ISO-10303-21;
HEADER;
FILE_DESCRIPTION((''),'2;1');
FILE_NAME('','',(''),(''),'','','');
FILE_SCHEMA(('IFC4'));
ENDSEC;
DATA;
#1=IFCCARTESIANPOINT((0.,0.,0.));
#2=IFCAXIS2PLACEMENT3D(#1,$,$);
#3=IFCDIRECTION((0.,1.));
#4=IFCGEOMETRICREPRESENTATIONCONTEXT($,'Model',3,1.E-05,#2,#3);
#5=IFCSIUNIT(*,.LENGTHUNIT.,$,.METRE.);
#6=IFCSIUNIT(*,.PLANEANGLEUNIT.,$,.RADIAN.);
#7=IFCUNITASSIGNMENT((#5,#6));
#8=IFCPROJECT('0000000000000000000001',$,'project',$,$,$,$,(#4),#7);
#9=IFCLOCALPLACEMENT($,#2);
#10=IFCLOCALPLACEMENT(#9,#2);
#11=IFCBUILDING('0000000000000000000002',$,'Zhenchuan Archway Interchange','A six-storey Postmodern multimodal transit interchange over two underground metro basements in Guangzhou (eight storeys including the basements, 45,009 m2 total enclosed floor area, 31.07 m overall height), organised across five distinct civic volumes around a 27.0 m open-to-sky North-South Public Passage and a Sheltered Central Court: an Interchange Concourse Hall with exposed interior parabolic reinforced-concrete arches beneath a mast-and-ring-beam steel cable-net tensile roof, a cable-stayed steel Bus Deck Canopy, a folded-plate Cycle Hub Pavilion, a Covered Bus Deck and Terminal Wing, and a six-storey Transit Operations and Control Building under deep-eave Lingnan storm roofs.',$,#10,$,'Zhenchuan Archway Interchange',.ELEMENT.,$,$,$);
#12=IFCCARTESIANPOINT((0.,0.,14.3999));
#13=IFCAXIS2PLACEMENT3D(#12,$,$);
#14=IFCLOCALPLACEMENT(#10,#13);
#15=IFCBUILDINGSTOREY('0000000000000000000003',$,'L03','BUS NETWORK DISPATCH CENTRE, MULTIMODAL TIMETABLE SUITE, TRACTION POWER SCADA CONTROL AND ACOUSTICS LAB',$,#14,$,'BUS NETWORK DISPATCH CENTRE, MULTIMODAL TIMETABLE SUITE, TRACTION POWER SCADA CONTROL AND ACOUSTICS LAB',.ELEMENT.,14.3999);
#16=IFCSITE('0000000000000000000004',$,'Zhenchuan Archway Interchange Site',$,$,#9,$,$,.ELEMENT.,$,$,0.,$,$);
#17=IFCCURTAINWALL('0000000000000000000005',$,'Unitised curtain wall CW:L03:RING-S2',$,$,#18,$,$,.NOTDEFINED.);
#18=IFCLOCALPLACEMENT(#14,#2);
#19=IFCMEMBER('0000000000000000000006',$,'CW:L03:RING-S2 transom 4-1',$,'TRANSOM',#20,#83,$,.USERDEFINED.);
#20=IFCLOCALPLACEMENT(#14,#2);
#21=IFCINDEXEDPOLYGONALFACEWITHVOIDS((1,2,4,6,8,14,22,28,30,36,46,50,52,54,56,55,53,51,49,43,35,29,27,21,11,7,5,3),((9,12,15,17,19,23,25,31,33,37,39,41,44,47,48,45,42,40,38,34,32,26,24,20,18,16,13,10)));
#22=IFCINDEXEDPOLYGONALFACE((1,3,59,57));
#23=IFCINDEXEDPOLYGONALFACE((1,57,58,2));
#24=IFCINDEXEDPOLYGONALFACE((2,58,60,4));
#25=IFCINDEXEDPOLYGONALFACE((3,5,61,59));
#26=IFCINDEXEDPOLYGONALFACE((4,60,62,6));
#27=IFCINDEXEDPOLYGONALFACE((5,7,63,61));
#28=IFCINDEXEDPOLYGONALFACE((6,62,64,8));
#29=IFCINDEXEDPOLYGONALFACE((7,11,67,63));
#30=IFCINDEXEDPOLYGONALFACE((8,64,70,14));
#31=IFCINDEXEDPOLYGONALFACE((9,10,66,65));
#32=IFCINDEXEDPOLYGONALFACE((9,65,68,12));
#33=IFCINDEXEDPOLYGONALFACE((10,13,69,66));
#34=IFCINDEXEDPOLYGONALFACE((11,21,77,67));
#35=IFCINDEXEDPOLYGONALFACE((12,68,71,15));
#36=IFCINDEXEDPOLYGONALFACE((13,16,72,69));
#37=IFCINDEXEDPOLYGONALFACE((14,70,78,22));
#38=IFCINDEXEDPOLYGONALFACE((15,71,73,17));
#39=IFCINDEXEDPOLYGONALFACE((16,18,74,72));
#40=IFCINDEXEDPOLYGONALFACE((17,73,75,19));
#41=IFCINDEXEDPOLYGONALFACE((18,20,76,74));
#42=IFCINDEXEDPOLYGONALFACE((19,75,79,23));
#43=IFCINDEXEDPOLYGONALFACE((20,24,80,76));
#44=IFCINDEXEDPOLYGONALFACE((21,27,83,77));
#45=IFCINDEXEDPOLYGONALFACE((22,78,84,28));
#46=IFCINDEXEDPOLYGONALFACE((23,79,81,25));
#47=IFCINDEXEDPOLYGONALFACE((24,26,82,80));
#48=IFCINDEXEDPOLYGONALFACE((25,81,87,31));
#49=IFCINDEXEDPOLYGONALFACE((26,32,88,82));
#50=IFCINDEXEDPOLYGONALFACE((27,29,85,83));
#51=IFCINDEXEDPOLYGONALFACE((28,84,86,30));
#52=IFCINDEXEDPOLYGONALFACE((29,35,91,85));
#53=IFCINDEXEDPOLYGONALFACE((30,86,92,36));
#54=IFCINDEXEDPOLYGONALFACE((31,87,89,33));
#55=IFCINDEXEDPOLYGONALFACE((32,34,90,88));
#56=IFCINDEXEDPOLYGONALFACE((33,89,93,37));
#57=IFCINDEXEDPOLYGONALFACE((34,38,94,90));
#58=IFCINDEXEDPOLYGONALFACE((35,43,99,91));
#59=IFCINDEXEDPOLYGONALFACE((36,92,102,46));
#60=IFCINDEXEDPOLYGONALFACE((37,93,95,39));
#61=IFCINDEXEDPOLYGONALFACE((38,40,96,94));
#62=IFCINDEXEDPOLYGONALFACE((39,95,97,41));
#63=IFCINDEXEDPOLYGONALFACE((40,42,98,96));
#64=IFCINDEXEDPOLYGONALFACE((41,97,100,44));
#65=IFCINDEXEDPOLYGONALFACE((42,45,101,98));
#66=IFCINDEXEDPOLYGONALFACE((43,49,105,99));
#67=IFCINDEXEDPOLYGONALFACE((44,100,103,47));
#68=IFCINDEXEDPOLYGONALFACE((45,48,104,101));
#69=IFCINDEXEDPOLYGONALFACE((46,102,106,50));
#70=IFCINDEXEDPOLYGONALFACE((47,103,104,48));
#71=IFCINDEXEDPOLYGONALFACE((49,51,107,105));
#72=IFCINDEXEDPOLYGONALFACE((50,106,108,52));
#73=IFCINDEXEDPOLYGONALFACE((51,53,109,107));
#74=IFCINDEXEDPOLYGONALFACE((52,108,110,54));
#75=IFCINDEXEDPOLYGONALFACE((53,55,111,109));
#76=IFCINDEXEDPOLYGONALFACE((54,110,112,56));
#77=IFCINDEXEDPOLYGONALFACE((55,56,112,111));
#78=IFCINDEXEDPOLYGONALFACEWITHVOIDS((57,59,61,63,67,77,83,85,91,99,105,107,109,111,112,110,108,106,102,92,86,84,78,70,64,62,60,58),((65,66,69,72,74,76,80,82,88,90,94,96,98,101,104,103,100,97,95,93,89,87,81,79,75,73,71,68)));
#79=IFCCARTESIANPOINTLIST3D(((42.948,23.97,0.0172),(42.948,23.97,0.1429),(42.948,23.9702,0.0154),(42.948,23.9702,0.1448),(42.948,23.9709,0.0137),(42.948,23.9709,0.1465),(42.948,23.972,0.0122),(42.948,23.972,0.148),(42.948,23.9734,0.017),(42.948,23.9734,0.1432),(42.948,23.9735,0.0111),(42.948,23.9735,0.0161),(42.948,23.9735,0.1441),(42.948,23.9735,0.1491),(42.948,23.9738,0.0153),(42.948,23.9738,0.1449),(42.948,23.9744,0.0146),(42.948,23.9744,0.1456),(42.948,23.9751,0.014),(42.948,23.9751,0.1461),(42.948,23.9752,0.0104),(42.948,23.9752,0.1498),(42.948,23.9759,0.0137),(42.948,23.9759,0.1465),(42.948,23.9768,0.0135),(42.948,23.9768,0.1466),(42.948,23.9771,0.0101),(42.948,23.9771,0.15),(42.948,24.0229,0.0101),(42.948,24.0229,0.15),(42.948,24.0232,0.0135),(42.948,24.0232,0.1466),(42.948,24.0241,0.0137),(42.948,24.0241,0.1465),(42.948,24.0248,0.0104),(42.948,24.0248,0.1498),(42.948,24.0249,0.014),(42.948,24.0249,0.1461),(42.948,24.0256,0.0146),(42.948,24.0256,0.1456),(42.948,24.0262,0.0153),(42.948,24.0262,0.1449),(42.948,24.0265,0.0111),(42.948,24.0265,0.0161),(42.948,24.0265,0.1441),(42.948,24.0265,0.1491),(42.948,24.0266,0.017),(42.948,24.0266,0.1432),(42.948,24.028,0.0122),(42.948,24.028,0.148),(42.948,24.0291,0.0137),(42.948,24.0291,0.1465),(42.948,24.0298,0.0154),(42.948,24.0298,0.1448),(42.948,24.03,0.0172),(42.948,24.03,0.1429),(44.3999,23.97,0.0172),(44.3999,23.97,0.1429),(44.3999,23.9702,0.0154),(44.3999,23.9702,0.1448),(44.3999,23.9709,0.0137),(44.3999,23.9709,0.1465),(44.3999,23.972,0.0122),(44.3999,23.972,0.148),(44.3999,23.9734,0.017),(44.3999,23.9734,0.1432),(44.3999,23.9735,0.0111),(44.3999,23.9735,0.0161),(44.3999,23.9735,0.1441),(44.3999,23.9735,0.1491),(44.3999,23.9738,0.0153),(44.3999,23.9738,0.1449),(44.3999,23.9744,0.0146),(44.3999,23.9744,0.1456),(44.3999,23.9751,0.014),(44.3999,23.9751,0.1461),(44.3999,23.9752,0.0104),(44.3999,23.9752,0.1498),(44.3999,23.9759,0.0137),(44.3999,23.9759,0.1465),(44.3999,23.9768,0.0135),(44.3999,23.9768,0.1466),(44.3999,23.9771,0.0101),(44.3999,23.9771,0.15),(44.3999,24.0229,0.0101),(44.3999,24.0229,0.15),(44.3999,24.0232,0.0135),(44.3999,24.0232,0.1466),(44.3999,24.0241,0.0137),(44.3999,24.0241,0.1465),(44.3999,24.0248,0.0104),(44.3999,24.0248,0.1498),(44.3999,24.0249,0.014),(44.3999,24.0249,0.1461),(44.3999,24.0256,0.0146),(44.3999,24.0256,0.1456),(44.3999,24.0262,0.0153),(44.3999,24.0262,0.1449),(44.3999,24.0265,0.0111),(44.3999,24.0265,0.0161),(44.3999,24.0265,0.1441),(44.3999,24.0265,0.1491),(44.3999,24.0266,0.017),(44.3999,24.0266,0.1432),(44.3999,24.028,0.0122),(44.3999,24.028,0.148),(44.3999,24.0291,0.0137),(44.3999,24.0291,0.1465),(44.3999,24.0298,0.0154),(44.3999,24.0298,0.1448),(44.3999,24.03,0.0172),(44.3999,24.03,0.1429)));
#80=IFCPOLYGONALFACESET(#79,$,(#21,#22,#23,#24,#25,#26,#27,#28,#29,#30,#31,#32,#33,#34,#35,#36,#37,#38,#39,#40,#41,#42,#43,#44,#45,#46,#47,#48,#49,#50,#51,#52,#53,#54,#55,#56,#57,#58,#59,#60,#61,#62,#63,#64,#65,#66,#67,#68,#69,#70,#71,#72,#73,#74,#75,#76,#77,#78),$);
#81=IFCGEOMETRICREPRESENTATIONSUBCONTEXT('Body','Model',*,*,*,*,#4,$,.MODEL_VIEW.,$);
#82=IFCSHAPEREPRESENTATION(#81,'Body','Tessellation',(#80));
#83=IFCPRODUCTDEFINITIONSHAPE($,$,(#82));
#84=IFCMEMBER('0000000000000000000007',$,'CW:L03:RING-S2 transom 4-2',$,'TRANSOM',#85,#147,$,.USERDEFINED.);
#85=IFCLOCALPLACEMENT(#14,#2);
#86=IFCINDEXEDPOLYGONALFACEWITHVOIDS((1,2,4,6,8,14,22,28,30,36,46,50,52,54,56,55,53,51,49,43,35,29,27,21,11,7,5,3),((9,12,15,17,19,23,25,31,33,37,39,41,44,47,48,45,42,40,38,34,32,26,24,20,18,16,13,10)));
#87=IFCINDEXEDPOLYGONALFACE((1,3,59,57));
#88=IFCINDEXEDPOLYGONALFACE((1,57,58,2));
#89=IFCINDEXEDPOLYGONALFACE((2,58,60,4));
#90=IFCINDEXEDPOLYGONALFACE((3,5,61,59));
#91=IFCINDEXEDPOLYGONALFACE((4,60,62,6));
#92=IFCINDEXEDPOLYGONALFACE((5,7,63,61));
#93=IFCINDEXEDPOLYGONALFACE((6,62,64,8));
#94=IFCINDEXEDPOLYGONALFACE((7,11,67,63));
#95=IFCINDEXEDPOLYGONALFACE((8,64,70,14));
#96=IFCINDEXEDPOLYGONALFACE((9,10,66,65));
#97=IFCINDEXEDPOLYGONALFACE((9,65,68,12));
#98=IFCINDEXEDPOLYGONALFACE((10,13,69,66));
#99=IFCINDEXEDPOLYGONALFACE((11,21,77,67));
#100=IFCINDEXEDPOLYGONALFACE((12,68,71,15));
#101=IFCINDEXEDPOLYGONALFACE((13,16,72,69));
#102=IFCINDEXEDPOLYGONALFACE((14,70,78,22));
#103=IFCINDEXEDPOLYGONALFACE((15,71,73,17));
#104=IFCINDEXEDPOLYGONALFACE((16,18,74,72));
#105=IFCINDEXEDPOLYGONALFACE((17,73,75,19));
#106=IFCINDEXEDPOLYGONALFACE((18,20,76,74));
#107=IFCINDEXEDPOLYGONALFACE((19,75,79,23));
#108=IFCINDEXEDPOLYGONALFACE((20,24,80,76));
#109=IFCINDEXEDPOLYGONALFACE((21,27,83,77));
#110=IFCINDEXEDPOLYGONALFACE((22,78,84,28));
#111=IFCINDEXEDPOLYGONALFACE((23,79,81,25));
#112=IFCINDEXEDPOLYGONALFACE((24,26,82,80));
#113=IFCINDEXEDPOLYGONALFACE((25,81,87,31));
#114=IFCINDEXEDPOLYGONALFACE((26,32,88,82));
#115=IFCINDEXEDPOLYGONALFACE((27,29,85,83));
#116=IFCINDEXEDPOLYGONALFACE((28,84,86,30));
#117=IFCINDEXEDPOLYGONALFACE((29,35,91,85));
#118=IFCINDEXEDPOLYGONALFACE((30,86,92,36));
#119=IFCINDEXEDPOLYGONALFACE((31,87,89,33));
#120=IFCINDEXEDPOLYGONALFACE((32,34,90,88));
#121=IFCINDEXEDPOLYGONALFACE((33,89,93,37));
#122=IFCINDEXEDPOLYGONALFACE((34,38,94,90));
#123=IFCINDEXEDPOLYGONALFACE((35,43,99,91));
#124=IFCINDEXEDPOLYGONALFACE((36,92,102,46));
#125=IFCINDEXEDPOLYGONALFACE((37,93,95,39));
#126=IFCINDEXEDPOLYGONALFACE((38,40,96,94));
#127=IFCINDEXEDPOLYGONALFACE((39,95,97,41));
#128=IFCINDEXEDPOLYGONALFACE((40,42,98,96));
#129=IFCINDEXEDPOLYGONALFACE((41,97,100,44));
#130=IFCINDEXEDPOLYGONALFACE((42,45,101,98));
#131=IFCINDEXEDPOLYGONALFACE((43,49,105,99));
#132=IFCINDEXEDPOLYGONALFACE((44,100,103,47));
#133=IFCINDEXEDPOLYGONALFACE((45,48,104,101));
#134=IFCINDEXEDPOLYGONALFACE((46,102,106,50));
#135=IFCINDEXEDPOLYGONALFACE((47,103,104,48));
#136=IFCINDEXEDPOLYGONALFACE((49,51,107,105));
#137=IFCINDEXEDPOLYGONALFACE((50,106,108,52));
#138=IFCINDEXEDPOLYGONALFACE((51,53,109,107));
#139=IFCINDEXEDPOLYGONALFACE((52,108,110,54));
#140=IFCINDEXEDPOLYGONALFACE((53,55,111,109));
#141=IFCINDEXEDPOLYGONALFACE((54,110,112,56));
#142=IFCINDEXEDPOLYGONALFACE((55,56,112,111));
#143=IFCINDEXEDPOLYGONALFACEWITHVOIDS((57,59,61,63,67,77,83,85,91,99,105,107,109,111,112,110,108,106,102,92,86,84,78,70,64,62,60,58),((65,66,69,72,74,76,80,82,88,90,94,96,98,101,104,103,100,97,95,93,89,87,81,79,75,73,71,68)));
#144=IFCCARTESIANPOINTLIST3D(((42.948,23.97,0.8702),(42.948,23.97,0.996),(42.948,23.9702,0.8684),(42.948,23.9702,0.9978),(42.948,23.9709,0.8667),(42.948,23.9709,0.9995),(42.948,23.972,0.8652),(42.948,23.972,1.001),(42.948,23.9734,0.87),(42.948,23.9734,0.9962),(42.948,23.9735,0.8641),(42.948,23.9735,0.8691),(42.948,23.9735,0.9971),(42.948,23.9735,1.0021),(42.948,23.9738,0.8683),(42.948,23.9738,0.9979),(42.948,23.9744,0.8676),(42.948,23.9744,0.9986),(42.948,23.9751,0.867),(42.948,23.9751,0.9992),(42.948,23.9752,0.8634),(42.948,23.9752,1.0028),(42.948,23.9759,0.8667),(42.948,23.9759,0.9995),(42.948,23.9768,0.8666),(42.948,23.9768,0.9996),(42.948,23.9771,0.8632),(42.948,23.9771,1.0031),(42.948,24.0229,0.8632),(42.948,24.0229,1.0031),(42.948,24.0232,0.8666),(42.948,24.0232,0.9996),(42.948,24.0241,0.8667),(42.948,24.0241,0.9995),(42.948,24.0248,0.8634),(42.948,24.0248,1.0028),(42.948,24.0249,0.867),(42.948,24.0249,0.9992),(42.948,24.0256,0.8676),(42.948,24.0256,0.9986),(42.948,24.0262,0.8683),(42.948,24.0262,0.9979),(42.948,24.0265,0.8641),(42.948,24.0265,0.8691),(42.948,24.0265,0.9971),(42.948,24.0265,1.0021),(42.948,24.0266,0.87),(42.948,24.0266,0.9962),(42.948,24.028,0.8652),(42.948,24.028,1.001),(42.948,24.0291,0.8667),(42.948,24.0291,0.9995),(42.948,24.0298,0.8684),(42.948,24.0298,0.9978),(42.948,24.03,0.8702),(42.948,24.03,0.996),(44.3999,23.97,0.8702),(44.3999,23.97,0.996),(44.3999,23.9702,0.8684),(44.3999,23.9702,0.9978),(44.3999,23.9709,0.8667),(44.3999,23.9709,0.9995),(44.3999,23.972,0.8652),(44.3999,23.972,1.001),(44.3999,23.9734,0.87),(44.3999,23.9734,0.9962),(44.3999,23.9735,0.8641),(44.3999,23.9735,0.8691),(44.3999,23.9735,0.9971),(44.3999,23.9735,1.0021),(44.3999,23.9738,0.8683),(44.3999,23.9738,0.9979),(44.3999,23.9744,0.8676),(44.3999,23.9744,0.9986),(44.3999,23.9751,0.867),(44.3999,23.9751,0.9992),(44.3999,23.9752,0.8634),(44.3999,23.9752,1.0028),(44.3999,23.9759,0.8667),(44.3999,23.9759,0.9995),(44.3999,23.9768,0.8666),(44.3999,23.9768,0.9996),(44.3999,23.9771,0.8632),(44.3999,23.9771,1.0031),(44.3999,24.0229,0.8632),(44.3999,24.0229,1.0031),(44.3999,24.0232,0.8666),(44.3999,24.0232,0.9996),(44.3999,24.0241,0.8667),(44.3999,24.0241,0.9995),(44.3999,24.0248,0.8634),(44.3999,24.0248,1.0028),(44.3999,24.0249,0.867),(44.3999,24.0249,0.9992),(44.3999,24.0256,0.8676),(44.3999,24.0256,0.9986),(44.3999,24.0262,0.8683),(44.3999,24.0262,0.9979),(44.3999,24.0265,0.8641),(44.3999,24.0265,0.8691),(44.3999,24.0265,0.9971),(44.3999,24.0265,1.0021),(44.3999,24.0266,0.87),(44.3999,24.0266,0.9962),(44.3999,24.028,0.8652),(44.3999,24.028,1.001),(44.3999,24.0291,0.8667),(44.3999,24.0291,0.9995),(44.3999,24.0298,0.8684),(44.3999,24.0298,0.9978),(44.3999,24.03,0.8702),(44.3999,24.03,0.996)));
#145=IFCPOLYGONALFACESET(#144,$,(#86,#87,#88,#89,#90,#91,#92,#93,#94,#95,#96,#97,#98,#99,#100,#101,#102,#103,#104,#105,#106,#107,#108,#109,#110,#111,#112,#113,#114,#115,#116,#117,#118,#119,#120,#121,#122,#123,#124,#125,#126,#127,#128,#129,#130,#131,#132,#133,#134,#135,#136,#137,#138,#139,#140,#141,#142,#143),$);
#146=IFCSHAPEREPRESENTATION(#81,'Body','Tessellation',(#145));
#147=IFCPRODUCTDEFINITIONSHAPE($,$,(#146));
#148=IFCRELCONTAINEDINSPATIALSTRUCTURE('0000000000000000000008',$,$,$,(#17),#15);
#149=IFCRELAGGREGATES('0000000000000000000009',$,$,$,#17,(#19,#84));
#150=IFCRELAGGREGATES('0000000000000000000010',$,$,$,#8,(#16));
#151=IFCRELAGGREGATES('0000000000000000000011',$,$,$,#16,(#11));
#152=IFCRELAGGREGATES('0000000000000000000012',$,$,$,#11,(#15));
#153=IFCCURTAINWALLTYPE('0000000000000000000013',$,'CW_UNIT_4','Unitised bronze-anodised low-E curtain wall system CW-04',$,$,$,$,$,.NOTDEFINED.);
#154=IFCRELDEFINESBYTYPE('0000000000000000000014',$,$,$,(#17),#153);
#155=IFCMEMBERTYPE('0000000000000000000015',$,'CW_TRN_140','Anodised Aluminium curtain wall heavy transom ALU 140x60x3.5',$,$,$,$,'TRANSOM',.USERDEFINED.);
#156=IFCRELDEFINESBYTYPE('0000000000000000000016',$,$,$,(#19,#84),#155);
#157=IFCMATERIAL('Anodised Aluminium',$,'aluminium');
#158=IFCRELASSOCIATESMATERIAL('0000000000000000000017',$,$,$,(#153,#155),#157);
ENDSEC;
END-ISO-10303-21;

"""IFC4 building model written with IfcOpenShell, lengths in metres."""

from ifc_helpers import new_model, si_unit, direction, frame, origin, origin_2d, place, context, subcontext, project, spatial, hollow_rectangle, extrude, material, material_profile, profile_set, type_object, element, aggregate, save


model = new_model("IFC4")

# Units and contexts
model_context = context("Model", 3, precision=1e-05, world=origin(), true_north=direction((0.0, 1.0)))
body_context = subcontext(model_context, "Body", "Model", "MODEL_VIEW")
ifc_project = project(units=[si_unit("LENGTHUNIT", "METRE"), si_unit("PLANEANGLEUNIT", "RADIAN")], contexts=[model_context])

# Site, building, storey
site_placement = place(None, origin())
site = spatial("IfcSite", under=ifc_project, at=site_placement, Name="Zhenchuan Archway Interchange Site", CompositionType="ELEMENT", RefElevation=0.0)
building_placement = place(site_placement, origin())
building = spatial("IfcBuilding", under=site, at=building_placement, Name="Zhenchuan Archway Interchange", Description="A six-storey Postmodern multimodal transit interchange over two underground metro basements in Guangzhou (eight storeys including the basements, 45,009 m2 total enclosed floor area, 31.07 m overall height), organised across five distinct civic volumes around a 27.0 m open-to-sky North-South Public Passage and a Sheltered Central Court: an Interchange Concourse Hall with exposed interior parabolic reinforced-concrete arches beneath a mast-and-ring-beam steel cable-net tensile roof, a cable-stayed steel Bus Deck Canopy, a folded-plate Cycle Hub Pavilion, a Covered Bus Deck and Terminal Wing, and a six-storey Transit Operations and Control Building under deep-eave Lingnan storm roofs.", LongName="Zhenchuan Archway Interchange", CompositionType="ELEMENT")
storey_placement = place(building_placement, frame((0.0, 0.0, 14.3999)))
storey = spatial("IfcBuildingStorey", under=building, at=storey_placement, Name="L03", Description="BUS NETWORK DISPATCH CENTRE, MULTIMODAL TIMETABLE SUITE, TRACTION POWER SCADA CONTROL AND ACOUSTICS LAB", LongName="BUS NETWORK DISPATCH CENTRE, MULTIMODAL TIMETABLE SUITE, TRACTION POWER SCADA CONTROL AND ACOUSTICS LAB", CompositionType="ELEMENT", Elevation=14.3999)

# Curtain wall
ifc_material_1 = material(Name="Anodised Aluminium", Category="aluminium")
curtain_wall_type = type_object("IfcCurtainWallType", Name="CW_UNIT_4", Description="Unitised bronze-anodised low-E curtain wall system CW-04", PredefinedType="NOTDEFINED", material=ifc_material_1)
curtain_wall_1_placement = place(storey_placement, origin())
curtain_wall_1 = element("IfcCurtainWall", 1, at=curtain_wall_1_placement, inside=storey, type_object=curtain_wall_type, Name="Unitised curtain wall CW:L03:RING-S2", PredefinedType="NOTDEFINED")

# Members
ifc_material_profile_1 = material_profile(ifc_material_1, hollow_rectangle(XDim=0.0601, YDim=0.1399, WallThickness=0.0034, InnerFilletRadius=0.0034, OuterFilletRadius=0.0071, at=origin_2d()), Name="ALU 140x60x3.5")
ifc_profile_set_1 = profile_set([ifc_material_profile_1], Name="Anodised Aluminium")
member_type_1 = type_object("IfcMemberType", Name="CW_TRN_140", Description="Anodised Aluminium curtain wall heavy transom ALU 140x60x3.5", ElementType="TRANSOM", PredefinedType="USERDEFINED", material=ifc_profile_set_1)
member_1_placement = place(storey_placement, frame((42.948, 24.0, 0.0801), z_axis=(1.0, 0.0, 0.0), x_axis=(0.0, 1.0, 0.0)))
member_1 = element("IfcMember", 2, at=member_1_placement, type_object=member_type_1, Name="CW:L03:RING-S2 transom 4-1", ObjectType="TRANSOM", PredefinedType="USERDEFINED", context=body_context, shape_type="SweptSolid", body=[
    extrude(hollow_rectangle(XDim=0.0601, YDim=0.1399, WallThickness=0.0034, InnerFilletRadius=0.0034, OuterFilletRadius=0.0071, at=origin_2d()), origin(), (0.0, 0.0, 1.0), 1.4519),
])
member_2_placement = place(storey_placement, frame((42.948, 24.0, 0.9331), z_axis=(1.0, 0.0, 0.0), x_axis=(0.0, 1.0, 0.0)))
member_2 = element("IfcMember", 3, at=member_2_placement, type_object=member_type_1, Name="CW:L03:RING-S2 transom 4-2", ObjectType="TRANSOM", PredefinedType="USERDEFINED", context=body_context, shape_type="SweptSolid", body=[
    extrude(hollow_rectangle(XDim=0.0601, YDim=0.1399, WallThickness=0.0034, InnerFilletRadius=0.0034, OuterFilletRadius=0.0071, at=origin_2d()), origin(), (0.0, 0.0, 1.0), 1.4519),
])

aggregate(curtain_wall_1, [member_1, member_2])

save(model, "model.ifc")
